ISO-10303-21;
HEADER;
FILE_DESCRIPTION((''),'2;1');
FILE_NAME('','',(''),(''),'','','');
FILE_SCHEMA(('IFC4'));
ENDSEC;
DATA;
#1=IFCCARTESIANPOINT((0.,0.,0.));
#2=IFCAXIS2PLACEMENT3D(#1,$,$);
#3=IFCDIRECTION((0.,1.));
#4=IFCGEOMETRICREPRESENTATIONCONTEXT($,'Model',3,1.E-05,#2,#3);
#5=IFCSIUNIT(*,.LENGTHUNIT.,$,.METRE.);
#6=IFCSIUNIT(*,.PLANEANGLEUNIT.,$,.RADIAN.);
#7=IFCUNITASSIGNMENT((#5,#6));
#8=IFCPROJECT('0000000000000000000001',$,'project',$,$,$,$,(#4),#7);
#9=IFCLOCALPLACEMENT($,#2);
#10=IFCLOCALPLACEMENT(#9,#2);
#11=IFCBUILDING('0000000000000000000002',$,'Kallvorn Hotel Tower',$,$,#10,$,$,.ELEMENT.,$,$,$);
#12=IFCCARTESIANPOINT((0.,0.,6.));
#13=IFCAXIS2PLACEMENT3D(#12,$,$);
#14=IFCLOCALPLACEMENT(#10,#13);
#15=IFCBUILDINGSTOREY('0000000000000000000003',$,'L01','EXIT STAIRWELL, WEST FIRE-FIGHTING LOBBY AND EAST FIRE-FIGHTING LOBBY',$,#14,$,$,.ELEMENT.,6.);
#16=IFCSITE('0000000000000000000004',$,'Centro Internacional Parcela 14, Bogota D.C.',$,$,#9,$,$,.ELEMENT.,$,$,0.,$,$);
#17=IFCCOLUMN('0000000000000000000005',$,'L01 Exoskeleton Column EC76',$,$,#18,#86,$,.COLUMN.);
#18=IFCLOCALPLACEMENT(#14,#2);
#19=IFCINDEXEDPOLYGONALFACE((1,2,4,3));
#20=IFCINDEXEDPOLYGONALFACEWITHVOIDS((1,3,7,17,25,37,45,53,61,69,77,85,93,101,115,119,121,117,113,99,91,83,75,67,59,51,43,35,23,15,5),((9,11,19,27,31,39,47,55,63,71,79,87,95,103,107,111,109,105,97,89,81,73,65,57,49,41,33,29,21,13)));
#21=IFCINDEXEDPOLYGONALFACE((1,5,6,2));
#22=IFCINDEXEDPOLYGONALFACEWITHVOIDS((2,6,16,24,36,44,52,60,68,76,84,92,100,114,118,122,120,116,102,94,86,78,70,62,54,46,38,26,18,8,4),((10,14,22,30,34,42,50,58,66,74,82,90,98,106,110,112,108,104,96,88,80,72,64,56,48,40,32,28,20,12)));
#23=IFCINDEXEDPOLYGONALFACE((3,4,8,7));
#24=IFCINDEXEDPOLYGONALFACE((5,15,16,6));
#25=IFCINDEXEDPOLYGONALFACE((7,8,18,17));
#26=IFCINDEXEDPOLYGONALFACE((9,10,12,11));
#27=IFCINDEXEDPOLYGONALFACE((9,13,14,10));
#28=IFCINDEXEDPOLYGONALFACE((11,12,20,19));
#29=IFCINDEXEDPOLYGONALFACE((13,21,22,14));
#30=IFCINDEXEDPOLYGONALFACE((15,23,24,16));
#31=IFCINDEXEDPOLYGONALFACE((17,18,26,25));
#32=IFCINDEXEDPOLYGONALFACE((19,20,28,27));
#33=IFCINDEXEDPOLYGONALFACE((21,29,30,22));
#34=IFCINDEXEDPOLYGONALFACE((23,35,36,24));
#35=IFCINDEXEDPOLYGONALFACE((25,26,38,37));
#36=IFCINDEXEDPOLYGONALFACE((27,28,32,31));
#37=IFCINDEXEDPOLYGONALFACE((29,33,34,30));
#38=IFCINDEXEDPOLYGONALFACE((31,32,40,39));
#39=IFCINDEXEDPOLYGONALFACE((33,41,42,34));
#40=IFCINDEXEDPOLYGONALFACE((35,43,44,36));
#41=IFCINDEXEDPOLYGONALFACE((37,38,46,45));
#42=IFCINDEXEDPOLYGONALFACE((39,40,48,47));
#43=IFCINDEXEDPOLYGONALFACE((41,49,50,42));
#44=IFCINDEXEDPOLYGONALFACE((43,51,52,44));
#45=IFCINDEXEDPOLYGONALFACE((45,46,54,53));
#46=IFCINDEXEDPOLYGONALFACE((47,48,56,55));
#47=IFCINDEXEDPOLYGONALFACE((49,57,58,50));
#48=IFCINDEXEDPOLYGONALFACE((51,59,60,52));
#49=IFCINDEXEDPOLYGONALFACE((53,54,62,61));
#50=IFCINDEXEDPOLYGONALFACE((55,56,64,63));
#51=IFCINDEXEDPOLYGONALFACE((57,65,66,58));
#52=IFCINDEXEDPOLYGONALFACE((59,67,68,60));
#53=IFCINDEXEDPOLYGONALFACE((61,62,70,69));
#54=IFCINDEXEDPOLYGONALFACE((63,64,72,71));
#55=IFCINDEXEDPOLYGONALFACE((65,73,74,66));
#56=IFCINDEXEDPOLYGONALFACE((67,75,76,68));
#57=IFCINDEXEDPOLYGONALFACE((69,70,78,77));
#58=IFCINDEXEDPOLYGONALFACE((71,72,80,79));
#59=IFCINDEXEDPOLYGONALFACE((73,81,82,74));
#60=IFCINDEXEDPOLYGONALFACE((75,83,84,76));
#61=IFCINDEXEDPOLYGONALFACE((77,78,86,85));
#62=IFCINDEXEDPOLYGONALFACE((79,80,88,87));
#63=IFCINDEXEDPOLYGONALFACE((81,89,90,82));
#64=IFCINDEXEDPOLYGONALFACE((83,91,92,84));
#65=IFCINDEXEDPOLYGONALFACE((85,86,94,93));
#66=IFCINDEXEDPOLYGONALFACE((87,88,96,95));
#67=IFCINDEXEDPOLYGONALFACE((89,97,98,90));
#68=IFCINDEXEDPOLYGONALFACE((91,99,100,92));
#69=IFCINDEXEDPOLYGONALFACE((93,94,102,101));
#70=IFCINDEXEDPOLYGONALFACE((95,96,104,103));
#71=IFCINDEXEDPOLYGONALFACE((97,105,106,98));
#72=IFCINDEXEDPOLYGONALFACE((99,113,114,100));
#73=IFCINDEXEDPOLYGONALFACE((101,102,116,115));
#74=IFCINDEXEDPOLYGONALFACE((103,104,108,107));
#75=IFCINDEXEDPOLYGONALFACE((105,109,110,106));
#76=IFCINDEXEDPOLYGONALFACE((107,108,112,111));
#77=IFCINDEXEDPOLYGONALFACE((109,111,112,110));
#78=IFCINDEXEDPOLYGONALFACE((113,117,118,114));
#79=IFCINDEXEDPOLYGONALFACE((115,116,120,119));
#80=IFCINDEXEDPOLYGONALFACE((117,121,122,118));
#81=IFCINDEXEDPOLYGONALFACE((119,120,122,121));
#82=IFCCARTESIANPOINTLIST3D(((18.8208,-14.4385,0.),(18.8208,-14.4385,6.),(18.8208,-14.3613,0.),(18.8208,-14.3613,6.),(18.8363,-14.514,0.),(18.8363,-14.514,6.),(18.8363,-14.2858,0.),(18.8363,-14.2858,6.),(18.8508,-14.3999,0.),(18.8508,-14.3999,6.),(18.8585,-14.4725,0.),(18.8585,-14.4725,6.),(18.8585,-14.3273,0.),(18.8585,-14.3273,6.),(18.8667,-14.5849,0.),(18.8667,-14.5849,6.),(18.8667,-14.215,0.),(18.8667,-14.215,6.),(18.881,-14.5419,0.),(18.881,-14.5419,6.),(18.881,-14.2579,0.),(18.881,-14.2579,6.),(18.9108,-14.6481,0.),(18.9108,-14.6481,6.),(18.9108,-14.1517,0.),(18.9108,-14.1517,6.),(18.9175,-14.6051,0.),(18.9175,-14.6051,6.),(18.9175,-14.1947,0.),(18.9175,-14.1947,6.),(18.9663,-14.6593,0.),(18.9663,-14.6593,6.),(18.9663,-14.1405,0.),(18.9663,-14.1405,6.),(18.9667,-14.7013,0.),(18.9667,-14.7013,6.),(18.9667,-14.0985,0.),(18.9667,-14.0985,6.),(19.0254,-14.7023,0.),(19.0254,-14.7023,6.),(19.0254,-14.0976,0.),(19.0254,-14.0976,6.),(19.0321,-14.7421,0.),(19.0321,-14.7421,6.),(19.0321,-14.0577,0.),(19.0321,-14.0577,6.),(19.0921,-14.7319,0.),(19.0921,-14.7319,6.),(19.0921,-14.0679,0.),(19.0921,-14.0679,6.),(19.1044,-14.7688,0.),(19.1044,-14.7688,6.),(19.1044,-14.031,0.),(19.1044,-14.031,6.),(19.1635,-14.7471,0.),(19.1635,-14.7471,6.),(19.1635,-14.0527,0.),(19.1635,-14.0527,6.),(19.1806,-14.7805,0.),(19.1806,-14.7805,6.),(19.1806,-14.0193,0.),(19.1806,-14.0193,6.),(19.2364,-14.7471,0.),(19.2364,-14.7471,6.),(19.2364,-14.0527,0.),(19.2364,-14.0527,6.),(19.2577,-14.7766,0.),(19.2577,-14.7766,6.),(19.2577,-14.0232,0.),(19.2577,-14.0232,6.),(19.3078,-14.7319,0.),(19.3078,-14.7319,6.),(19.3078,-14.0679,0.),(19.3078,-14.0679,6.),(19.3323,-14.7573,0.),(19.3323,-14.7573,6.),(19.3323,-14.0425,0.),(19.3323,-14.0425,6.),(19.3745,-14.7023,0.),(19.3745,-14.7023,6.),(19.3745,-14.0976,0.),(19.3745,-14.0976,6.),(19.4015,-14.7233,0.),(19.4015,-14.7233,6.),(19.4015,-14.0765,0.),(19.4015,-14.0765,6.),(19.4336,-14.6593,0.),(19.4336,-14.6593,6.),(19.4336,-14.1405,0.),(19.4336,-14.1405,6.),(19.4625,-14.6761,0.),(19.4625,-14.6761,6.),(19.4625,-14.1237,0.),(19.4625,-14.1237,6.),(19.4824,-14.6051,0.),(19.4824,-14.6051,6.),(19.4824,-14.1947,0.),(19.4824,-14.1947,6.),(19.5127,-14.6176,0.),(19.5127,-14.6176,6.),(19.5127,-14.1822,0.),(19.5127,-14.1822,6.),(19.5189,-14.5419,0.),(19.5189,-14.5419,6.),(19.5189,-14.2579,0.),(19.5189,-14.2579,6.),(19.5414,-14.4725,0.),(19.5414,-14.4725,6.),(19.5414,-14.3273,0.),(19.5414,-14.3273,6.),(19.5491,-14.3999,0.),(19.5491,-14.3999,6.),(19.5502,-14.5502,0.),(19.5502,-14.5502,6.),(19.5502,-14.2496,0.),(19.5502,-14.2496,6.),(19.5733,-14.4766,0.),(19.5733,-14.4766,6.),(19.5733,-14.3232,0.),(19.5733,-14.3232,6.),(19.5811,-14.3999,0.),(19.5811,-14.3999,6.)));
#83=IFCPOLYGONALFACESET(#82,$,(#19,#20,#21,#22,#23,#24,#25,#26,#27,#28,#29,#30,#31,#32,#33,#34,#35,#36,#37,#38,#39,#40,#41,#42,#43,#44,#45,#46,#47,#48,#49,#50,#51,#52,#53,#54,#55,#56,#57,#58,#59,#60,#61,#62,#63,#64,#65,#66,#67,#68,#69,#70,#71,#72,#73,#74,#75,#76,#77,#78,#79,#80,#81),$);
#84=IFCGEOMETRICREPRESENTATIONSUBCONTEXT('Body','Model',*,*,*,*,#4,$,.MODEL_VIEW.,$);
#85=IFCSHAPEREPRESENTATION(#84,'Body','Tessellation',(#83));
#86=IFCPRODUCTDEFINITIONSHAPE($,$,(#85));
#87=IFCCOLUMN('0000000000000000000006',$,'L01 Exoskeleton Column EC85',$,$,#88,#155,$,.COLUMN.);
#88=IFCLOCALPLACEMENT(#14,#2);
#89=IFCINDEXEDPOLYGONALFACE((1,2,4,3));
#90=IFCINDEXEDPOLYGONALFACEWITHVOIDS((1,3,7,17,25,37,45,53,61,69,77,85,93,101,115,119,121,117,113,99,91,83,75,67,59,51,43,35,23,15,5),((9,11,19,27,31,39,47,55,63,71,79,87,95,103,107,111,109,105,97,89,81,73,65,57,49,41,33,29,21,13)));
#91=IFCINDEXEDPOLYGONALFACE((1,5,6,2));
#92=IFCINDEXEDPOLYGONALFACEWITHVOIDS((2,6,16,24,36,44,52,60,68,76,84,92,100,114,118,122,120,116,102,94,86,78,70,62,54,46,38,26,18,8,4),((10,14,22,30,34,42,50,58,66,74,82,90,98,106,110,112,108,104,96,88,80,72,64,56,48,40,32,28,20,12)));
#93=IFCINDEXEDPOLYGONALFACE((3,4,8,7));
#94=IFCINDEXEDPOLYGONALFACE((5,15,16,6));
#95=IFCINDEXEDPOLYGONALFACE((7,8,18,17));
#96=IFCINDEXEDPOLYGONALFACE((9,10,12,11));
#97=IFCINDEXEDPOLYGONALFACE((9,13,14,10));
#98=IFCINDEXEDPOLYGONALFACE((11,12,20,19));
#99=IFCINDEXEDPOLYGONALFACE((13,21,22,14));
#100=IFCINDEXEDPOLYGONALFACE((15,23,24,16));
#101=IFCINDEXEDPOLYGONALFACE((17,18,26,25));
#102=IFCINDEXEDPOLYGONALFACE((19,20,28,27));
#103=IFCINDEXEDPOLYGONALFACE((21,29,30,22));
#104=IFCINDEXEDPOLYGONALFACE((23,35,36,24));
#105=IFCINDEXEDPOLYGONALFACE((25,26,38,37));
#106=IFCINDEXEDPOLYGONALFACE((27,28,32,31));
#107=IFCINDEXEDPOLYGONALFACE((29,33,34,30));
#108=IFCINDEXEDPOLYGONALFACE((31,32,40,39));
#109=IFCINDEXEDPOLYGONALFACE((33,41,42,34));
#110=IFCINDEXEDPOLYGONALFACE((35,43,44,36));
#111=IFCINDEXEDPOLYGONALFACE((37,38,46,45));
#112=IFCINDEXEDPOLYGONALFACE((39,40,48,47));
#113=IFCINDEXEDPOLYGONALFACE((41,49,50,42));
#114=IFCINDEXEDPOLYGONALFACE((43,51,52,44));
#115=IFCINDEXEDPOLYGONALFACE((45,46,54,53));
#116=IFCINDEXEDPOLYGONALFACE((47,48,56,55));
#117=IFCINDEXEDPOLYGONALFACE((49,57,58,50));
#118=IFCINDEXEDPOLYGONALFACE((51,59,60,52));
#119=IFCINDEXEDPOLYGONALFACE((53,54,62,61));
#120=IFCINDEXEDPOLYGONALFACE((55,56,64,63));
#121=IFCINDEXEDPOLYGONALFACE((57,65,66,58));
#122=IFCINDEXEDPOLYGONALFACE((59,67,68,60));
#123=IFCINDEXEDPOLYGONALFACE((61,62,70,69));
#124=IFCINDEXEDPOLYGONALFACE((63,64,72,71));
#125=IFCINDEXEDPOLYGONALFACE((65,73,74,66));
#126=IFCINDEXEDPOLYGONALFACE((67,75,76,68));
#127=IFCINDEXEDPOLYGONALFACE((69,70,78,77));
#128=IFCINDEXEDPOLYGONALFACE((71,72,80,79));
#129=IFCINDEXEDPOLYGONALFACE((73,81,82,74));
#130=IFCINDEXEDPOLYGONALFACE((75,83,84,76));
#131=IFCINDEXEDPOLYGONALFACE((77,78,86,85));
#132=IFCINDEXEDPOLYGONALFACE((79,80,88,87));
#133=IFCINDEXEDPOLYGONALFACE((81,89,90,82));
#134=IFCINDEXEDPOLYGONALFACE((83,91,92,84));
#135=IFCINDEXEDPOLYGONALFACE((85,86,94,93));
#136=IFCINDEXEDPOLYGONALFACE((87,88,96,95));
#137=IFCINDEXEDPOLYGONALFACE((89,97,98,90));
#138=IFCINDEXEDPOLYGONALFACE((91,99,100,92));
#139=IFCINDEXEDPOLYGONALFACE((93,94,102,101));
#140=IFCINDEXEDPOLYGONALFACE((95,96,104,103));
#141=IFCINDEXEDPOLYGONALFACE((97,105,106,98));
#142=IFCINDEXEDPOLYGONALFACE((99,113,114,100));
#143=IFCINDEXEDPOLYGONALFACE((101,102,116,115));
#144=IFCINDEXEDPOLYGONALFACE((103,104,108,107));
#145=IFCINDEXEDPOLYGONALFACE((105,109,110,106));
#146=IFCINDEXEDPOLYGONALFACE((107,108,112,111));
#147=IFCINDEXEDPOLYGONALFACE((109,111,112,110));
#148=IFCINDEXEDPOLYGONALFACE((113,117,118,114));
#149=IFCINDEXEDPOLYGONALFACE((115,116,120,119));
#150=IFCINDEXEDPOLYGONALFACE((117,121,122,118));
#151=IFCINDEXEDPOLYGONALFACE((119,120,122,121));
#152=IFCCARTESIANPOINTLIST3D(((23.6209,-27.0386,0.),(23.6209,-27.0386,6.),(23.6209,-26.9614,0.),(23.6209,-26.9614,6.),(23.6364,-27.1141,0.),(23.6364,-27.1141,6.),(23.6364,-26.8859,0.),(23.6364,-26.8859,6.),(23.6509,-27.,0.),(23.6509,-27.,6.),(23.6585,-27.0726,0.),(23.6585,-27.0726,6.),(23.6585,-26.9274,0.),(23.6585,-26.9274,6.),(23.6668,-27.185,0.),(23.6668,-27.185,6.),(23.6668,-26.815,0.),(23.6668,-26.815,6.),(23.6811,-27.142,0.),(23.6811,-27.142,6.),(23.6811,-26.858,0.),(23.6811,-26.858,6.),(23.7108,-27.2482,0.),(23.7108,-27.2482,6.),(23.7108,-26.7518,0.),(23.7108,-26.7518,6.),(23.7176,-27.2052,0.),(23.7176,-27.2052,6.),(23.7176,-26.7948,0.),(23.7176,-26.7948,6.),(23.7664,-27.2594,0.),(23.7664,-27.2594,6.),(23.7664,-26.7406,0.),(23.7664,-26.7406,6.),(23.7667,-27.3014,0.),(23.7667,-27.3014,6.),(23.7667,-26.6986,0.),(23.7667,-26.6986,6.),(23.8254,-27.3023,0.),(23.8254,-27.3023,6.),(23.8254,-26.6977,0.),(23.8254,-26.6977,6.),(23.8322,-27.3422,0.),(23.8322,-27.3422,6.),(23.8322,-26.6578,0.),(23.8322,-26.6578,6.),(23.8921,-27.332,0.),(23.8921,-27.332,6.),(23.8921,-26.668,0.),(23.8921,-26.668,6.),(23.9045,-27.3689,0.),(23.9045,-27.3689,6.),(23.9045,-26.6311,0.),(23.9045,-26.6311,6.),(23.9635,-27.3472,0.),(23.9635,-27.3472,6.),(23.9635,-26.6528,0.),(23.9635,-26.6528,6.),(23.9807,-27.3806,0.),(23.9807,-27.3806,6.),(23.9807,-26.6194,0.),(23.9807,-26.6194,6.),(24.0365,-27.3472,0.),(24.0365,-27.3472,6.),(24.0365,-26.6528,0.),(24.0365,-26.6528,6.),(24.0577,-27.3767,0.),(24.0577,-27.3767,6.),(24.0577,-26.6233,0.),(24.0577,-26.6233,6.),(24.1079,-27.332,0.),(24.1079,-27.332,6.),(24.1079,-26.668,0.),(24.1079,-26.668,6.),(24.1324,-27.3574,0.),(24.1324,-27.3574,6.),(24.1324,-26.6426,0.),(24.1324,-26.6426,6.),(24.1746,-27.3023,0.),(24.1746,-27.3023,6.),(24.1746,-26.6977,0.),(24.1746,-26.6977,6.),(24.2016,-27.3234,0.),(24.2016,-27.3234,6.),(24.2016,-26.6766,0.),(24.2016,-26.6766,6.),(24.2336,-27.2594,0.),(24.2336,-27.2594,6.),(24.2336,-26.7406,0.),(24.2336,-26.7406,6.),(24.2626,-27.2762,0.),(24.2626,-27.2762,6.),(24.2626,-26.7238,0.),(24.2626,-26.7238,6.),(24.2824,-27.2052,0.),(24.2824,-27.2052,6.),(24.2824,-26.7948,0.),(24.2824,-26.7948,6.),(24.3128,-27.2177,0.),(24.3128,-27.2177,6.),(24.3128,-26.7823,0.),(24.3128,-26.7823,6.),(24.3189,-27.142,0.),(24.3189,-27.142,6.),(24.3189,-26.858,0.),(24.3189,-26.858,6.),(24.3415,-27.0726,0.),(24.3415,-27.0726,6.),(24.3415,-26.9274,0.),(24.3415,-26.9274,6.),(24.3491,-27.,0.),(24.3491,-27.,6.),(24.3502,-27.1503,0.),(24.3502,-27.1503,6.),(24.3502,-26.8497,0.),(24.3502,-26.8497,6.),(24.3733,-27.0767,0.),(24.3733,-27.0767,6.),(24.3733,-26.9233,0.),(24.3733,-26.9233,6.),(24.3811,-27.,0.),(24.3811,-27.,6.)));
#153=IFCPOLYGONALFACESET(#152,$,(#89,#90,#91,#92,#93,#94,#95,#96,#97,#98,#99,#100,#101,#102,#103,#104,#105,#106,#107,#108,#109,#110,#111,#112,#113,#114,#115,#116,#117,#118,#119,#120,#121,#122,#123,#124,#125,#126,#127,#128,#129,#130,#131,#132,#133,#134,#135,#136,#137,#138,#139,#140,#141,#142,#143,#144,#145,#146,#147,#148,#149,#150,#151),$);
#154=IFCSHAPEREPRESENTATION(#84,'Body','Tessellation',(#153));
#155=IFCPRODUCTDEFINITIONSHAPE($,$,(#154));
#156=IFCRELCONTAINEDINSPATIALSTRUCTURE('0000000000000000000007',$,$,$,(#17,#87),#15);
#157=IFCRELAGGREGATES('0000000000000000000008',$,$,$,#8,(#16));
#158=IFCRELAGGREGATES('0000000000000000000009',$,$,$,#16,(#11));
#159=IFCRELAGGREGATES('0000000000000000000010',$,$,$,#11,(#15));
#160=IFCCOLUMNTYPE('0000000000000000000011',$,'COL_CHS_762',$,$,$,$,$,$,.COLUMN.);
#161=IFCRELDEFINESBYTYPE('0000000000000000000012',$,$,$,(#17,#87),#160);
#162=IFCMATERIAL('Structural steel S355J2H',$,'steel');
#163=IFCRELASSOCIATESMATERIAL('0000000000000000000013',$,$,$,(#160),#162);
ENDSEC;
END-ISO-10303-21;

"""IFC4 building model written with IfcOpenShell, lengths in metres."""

from ifc_helpers import new_model, si_unit, direction, frame, origin, origin_2d, place, context, subcontext, project, spatial, hollow_circle, extrude, material, material_profile, profile_set, type_object, element, save


model = new_model("IFC4")

# Units and contexts
model_context = context("Model", 3, precision=1e-05, world=origin(), true_north=direction((0.0, 1.0)))
body_context = subcontext(model_context, "Body", "Model", "MODEL_VIEW")
ifc_project = project(units=[si_unit("LENGTHUNIT", "METRE"), si_unit("PLANEANGLEUNIT", "RADIAN")], contexts=[model_context])

# Site, building, storey
site_placement = place(None, origin())
site = spatial("IfcSite", under=ifc_project, at=site_placement, Name="Centro Internacional Parcela 14, Bogota D.C.", CompositionType="ELEMENT", RefElevation=0.0)
building_placement = place(site_placement, origin())
building = spatial("IfcBuilding", under=site, at=building_placement, Name="Kallvorn Hotel Tower", CompositionType="ELEMENT")
storey_placement = place(building_placement, frame((0.0, 0.0, 6.0)))
storey = spatial("IfcBuildingStorey", under=building, at=storey_placement, Name="L01", Description="EXIT STAIRWELL, WEST FIRE-FIGHTING LOBBY AND EAST FIRE-FIGHTING LOBBY", CompositionType="ELEMENT", Elevation=6.0)

# Columns
ifc_material_1 = material(Name="Structural steel S355J2H", Category="steel")
ifc_material_profile_1 = material_profile(ifc_material_1, hollow_circle(Radius=0.3811, WallThickness=0.032, at=origin_2d()), Name="CHS 762x32")
ifc_profile_set_1 = profile_set([ifc_material_profile_1], Name="Structural steel S355J2H")
column_type_1 = type_object("IfcColumnType", Name="COL_CHS_762", PredefinedType="COLUMN", material=ifc_profile_set_1)
for number, where, z_axis, x_axis, name in (
    (1, (19.2, -14.3999, 0.0), (0.0, 0.0, 1.0), (1.0, 0.0, 0.0), "L01 Exoskeleton Column EC76"),
    (2, (24.0, -27.0, 0.0), (0.0, 0.0, 1.0), (1.0, 0.0, 0.0), "L01 Exoskeleton Column EC85"),
):
    element("IfcColumn", number, at=place(storey_placement, frame(where, z_axis=z_axis, x_axis=x_axis)), inside=storey, type_object=column_type_1, Name=name, PredefinedType="COLUMN", context=body_context, shape_type="SweptSolid", body=[
        extrude(hollow_circle(Radius=0.3811, WallThickness=0.032, at=origin_2d()), origin(), (0.0, 0.0, 1.0), 6.0),
    ])

save(model, "model.ifc")
